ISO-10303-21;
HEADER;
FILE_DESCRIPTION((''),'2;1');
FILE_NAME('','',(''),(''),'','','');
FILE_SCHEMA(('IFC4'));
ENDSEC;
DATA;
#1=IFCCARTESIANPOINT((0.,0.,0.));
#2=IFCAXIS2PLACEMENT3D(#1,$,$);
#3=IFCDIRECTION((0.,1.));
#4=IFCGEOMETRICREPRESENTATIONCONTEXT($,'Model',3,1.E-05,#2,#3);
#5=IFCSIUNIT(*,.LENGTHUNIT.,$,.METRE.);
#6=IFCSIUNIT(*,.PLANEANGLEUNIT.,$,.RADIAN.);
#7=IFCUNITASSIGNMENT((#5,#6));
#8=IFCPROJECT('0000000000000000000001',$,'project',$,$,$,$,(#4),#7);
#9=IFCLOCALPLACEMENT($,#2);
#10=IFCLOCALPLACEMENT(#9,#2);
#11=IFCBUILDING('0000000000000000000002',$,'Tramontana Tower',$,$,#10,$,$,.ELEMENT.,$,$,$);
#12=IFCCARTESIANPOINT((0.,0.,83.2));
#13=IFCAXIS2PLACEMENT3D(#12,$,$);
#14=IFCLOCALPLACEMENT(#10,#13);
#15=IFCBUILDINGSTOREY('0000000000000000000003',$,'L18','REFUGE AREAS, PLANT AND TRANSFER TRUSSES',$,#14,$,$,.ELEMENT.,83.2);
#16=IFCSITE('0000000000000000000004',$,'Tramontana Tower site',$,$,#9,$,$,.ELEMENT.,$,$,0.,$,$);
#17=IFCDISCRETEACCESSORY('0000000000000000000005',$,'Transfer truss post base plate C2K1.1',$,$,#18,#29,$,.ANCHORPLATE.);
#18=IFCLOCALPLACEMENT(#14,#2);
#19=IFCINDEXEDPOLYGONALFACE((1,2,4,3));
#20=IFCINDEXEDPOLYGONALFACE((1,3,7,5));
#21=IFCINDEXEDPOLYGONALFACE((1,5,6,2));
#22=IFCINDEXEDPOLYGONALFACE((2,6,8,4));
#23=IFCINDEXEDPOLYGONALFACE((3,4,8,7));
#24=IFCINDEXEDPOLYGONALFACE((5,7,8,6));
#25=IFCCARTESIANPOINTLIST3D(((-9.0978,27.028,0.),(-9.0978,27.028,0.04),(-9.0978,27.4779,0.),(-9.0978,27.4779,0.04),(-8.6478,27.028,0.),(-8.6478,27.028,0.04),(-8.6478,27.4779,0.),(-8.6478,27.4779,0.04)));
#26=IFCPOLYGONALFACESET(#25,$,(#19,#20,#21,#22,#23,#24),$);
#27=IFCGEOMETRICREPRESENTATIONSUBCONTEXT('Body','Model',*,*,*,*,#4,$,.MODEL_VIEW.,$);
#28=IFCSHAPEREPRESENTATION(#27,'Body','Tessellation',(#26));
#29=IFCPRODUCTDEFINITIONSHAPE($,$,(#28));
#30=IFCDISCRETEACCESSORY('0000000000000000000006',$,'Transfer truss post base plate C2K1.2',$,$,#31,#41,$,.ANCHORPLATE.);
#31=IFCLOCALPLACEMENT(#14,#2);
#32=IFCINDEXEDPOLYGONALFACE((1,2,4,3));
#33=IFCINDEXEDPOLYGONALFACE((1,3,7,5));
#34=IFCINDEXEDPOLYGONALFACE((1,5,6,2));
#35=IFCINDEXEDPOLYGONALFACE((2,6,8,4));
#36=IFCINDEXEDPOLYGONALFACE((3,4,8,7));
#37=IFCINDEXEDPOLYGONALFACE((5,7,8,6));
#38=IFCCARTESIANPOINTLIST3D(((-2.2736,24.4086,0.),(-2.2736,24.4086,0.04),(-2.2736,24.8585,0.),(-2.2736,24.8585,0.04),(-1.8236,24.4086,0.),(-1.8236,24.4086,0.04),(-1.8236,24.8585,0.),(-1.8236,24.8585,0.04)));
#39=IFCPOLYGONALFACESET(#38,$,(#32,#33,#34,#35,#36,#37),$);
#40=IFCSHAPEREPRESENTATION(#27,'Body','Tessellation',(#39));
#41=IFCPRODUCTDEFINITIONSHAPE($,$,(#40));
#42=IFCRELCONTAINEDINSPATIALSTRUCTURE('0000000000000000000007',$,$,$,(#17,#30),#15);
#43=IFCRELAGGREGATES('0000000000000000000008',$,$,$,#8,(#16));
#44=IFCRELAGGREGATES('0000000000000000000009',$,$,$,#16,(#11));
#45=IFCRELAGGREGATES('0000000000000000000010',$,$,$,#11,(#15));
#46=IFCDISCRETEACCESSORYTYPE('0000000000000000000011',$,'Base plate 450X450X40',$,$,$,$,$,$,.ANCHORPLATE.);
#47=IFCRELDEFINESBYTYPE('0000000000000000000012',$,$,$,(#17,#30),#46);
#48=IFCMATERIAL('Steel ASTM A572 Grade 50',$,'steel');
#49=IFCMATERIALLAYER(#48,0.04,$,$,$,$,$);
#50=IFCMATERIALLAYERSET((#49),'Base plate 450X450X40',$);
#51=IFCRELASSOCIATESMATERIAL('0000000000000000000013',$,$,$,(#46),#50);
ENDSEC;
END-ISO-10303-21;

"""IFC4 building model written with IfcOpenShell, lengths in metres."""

from ifc_helpers import new_model, si_unit, direction, frame, origin, origin_2d, place, context, subcontext, project, spatial, rectangle, extrude, material, layer, layer_set, type_object, element, save


model = new_model("IFC4")

# Units and contexts
model_context = context("Model", 3, precision=1e-05, world=origin(), true_north=direction((0.0, 1.0)))
body_context = subcontext(model_context, "Body", "Model", "MODEL_VIEW")
ifc_project = project(units=[si_unit("LENGTHUNIT", "METRE"), si_unit("PLANEANGLEUNIT", "RADIAN")], contexts=[model_context])

# Site, building, storey
site_placement = place(None, origin())
site = spatial("IfcSite", under=ifc_project, at=site_placement, Name="Tramontana Tower site", CompositionType="ELEMENT", RefElevation=0.0)
building_placement = place(site_placement, origin())
building = spatial("IfcBuilding", under=site, at=building_placement, Name="Tramontana Tower", CompositionType="ELEMENT")
storey_placement = place(building_placement, frame((0.0, 0.0, 83.2)))
storey = spatial("IfcBuildingStorey", under=building, at=storey_placement, Name="L18", Description="REFUGE AREAS, PLANT AND TRANSFER TRUSSES", CompositionType="ELEMENT", Elevation=83.2)

# Discrete accessories
ifc_material_1 = material(Name="Steel ASTM A572 Grade 50", Category="steel")
ifc_layer = layer(ifc_material_1, 0.04)
ifc_layer_set = layer_set([ifc_layer], Name="Base plate 450X450X40")
discrete_accessory_type = type_object("IfcDiscreteAccessoryType", Name="Base plate 450X450X40", PredefinedType="ANCHORPLATE", material=ifc_layer_set)
for number, where, z_axis, x_axis, name in (
    (1, (-8.8728, 27.2529, 0.0), (0.0, 0.0, 1.0), (1.0, 0.0, 0.0), "Transfer truss post base plate C2K1.1"),
    (2, (-2.0486, 24.6335, 0.0), (0.0, 0.0, 1.0), (1.0, 0.0, 0.0), "Transfer truss post base plate C2K1.2"),
):
    element("IfcDiscreteAccessory", number, at=place(storey_placement, frame(where, z_axis=z_axis, x_axis=x_axis)), inside=storey, type_object=discrete_accessory_type, Name=name, PredefinedType="ANCHORPLATE", context=body_context, shape_type="SweptSolid", body=[
        extrude(rectangle(XDim=0.45, YDim=0.45, at=origin_2d()), origin(), (0.0, 0.0, 1.0), 0.04),
    ])

save(model, "model.ifc")
